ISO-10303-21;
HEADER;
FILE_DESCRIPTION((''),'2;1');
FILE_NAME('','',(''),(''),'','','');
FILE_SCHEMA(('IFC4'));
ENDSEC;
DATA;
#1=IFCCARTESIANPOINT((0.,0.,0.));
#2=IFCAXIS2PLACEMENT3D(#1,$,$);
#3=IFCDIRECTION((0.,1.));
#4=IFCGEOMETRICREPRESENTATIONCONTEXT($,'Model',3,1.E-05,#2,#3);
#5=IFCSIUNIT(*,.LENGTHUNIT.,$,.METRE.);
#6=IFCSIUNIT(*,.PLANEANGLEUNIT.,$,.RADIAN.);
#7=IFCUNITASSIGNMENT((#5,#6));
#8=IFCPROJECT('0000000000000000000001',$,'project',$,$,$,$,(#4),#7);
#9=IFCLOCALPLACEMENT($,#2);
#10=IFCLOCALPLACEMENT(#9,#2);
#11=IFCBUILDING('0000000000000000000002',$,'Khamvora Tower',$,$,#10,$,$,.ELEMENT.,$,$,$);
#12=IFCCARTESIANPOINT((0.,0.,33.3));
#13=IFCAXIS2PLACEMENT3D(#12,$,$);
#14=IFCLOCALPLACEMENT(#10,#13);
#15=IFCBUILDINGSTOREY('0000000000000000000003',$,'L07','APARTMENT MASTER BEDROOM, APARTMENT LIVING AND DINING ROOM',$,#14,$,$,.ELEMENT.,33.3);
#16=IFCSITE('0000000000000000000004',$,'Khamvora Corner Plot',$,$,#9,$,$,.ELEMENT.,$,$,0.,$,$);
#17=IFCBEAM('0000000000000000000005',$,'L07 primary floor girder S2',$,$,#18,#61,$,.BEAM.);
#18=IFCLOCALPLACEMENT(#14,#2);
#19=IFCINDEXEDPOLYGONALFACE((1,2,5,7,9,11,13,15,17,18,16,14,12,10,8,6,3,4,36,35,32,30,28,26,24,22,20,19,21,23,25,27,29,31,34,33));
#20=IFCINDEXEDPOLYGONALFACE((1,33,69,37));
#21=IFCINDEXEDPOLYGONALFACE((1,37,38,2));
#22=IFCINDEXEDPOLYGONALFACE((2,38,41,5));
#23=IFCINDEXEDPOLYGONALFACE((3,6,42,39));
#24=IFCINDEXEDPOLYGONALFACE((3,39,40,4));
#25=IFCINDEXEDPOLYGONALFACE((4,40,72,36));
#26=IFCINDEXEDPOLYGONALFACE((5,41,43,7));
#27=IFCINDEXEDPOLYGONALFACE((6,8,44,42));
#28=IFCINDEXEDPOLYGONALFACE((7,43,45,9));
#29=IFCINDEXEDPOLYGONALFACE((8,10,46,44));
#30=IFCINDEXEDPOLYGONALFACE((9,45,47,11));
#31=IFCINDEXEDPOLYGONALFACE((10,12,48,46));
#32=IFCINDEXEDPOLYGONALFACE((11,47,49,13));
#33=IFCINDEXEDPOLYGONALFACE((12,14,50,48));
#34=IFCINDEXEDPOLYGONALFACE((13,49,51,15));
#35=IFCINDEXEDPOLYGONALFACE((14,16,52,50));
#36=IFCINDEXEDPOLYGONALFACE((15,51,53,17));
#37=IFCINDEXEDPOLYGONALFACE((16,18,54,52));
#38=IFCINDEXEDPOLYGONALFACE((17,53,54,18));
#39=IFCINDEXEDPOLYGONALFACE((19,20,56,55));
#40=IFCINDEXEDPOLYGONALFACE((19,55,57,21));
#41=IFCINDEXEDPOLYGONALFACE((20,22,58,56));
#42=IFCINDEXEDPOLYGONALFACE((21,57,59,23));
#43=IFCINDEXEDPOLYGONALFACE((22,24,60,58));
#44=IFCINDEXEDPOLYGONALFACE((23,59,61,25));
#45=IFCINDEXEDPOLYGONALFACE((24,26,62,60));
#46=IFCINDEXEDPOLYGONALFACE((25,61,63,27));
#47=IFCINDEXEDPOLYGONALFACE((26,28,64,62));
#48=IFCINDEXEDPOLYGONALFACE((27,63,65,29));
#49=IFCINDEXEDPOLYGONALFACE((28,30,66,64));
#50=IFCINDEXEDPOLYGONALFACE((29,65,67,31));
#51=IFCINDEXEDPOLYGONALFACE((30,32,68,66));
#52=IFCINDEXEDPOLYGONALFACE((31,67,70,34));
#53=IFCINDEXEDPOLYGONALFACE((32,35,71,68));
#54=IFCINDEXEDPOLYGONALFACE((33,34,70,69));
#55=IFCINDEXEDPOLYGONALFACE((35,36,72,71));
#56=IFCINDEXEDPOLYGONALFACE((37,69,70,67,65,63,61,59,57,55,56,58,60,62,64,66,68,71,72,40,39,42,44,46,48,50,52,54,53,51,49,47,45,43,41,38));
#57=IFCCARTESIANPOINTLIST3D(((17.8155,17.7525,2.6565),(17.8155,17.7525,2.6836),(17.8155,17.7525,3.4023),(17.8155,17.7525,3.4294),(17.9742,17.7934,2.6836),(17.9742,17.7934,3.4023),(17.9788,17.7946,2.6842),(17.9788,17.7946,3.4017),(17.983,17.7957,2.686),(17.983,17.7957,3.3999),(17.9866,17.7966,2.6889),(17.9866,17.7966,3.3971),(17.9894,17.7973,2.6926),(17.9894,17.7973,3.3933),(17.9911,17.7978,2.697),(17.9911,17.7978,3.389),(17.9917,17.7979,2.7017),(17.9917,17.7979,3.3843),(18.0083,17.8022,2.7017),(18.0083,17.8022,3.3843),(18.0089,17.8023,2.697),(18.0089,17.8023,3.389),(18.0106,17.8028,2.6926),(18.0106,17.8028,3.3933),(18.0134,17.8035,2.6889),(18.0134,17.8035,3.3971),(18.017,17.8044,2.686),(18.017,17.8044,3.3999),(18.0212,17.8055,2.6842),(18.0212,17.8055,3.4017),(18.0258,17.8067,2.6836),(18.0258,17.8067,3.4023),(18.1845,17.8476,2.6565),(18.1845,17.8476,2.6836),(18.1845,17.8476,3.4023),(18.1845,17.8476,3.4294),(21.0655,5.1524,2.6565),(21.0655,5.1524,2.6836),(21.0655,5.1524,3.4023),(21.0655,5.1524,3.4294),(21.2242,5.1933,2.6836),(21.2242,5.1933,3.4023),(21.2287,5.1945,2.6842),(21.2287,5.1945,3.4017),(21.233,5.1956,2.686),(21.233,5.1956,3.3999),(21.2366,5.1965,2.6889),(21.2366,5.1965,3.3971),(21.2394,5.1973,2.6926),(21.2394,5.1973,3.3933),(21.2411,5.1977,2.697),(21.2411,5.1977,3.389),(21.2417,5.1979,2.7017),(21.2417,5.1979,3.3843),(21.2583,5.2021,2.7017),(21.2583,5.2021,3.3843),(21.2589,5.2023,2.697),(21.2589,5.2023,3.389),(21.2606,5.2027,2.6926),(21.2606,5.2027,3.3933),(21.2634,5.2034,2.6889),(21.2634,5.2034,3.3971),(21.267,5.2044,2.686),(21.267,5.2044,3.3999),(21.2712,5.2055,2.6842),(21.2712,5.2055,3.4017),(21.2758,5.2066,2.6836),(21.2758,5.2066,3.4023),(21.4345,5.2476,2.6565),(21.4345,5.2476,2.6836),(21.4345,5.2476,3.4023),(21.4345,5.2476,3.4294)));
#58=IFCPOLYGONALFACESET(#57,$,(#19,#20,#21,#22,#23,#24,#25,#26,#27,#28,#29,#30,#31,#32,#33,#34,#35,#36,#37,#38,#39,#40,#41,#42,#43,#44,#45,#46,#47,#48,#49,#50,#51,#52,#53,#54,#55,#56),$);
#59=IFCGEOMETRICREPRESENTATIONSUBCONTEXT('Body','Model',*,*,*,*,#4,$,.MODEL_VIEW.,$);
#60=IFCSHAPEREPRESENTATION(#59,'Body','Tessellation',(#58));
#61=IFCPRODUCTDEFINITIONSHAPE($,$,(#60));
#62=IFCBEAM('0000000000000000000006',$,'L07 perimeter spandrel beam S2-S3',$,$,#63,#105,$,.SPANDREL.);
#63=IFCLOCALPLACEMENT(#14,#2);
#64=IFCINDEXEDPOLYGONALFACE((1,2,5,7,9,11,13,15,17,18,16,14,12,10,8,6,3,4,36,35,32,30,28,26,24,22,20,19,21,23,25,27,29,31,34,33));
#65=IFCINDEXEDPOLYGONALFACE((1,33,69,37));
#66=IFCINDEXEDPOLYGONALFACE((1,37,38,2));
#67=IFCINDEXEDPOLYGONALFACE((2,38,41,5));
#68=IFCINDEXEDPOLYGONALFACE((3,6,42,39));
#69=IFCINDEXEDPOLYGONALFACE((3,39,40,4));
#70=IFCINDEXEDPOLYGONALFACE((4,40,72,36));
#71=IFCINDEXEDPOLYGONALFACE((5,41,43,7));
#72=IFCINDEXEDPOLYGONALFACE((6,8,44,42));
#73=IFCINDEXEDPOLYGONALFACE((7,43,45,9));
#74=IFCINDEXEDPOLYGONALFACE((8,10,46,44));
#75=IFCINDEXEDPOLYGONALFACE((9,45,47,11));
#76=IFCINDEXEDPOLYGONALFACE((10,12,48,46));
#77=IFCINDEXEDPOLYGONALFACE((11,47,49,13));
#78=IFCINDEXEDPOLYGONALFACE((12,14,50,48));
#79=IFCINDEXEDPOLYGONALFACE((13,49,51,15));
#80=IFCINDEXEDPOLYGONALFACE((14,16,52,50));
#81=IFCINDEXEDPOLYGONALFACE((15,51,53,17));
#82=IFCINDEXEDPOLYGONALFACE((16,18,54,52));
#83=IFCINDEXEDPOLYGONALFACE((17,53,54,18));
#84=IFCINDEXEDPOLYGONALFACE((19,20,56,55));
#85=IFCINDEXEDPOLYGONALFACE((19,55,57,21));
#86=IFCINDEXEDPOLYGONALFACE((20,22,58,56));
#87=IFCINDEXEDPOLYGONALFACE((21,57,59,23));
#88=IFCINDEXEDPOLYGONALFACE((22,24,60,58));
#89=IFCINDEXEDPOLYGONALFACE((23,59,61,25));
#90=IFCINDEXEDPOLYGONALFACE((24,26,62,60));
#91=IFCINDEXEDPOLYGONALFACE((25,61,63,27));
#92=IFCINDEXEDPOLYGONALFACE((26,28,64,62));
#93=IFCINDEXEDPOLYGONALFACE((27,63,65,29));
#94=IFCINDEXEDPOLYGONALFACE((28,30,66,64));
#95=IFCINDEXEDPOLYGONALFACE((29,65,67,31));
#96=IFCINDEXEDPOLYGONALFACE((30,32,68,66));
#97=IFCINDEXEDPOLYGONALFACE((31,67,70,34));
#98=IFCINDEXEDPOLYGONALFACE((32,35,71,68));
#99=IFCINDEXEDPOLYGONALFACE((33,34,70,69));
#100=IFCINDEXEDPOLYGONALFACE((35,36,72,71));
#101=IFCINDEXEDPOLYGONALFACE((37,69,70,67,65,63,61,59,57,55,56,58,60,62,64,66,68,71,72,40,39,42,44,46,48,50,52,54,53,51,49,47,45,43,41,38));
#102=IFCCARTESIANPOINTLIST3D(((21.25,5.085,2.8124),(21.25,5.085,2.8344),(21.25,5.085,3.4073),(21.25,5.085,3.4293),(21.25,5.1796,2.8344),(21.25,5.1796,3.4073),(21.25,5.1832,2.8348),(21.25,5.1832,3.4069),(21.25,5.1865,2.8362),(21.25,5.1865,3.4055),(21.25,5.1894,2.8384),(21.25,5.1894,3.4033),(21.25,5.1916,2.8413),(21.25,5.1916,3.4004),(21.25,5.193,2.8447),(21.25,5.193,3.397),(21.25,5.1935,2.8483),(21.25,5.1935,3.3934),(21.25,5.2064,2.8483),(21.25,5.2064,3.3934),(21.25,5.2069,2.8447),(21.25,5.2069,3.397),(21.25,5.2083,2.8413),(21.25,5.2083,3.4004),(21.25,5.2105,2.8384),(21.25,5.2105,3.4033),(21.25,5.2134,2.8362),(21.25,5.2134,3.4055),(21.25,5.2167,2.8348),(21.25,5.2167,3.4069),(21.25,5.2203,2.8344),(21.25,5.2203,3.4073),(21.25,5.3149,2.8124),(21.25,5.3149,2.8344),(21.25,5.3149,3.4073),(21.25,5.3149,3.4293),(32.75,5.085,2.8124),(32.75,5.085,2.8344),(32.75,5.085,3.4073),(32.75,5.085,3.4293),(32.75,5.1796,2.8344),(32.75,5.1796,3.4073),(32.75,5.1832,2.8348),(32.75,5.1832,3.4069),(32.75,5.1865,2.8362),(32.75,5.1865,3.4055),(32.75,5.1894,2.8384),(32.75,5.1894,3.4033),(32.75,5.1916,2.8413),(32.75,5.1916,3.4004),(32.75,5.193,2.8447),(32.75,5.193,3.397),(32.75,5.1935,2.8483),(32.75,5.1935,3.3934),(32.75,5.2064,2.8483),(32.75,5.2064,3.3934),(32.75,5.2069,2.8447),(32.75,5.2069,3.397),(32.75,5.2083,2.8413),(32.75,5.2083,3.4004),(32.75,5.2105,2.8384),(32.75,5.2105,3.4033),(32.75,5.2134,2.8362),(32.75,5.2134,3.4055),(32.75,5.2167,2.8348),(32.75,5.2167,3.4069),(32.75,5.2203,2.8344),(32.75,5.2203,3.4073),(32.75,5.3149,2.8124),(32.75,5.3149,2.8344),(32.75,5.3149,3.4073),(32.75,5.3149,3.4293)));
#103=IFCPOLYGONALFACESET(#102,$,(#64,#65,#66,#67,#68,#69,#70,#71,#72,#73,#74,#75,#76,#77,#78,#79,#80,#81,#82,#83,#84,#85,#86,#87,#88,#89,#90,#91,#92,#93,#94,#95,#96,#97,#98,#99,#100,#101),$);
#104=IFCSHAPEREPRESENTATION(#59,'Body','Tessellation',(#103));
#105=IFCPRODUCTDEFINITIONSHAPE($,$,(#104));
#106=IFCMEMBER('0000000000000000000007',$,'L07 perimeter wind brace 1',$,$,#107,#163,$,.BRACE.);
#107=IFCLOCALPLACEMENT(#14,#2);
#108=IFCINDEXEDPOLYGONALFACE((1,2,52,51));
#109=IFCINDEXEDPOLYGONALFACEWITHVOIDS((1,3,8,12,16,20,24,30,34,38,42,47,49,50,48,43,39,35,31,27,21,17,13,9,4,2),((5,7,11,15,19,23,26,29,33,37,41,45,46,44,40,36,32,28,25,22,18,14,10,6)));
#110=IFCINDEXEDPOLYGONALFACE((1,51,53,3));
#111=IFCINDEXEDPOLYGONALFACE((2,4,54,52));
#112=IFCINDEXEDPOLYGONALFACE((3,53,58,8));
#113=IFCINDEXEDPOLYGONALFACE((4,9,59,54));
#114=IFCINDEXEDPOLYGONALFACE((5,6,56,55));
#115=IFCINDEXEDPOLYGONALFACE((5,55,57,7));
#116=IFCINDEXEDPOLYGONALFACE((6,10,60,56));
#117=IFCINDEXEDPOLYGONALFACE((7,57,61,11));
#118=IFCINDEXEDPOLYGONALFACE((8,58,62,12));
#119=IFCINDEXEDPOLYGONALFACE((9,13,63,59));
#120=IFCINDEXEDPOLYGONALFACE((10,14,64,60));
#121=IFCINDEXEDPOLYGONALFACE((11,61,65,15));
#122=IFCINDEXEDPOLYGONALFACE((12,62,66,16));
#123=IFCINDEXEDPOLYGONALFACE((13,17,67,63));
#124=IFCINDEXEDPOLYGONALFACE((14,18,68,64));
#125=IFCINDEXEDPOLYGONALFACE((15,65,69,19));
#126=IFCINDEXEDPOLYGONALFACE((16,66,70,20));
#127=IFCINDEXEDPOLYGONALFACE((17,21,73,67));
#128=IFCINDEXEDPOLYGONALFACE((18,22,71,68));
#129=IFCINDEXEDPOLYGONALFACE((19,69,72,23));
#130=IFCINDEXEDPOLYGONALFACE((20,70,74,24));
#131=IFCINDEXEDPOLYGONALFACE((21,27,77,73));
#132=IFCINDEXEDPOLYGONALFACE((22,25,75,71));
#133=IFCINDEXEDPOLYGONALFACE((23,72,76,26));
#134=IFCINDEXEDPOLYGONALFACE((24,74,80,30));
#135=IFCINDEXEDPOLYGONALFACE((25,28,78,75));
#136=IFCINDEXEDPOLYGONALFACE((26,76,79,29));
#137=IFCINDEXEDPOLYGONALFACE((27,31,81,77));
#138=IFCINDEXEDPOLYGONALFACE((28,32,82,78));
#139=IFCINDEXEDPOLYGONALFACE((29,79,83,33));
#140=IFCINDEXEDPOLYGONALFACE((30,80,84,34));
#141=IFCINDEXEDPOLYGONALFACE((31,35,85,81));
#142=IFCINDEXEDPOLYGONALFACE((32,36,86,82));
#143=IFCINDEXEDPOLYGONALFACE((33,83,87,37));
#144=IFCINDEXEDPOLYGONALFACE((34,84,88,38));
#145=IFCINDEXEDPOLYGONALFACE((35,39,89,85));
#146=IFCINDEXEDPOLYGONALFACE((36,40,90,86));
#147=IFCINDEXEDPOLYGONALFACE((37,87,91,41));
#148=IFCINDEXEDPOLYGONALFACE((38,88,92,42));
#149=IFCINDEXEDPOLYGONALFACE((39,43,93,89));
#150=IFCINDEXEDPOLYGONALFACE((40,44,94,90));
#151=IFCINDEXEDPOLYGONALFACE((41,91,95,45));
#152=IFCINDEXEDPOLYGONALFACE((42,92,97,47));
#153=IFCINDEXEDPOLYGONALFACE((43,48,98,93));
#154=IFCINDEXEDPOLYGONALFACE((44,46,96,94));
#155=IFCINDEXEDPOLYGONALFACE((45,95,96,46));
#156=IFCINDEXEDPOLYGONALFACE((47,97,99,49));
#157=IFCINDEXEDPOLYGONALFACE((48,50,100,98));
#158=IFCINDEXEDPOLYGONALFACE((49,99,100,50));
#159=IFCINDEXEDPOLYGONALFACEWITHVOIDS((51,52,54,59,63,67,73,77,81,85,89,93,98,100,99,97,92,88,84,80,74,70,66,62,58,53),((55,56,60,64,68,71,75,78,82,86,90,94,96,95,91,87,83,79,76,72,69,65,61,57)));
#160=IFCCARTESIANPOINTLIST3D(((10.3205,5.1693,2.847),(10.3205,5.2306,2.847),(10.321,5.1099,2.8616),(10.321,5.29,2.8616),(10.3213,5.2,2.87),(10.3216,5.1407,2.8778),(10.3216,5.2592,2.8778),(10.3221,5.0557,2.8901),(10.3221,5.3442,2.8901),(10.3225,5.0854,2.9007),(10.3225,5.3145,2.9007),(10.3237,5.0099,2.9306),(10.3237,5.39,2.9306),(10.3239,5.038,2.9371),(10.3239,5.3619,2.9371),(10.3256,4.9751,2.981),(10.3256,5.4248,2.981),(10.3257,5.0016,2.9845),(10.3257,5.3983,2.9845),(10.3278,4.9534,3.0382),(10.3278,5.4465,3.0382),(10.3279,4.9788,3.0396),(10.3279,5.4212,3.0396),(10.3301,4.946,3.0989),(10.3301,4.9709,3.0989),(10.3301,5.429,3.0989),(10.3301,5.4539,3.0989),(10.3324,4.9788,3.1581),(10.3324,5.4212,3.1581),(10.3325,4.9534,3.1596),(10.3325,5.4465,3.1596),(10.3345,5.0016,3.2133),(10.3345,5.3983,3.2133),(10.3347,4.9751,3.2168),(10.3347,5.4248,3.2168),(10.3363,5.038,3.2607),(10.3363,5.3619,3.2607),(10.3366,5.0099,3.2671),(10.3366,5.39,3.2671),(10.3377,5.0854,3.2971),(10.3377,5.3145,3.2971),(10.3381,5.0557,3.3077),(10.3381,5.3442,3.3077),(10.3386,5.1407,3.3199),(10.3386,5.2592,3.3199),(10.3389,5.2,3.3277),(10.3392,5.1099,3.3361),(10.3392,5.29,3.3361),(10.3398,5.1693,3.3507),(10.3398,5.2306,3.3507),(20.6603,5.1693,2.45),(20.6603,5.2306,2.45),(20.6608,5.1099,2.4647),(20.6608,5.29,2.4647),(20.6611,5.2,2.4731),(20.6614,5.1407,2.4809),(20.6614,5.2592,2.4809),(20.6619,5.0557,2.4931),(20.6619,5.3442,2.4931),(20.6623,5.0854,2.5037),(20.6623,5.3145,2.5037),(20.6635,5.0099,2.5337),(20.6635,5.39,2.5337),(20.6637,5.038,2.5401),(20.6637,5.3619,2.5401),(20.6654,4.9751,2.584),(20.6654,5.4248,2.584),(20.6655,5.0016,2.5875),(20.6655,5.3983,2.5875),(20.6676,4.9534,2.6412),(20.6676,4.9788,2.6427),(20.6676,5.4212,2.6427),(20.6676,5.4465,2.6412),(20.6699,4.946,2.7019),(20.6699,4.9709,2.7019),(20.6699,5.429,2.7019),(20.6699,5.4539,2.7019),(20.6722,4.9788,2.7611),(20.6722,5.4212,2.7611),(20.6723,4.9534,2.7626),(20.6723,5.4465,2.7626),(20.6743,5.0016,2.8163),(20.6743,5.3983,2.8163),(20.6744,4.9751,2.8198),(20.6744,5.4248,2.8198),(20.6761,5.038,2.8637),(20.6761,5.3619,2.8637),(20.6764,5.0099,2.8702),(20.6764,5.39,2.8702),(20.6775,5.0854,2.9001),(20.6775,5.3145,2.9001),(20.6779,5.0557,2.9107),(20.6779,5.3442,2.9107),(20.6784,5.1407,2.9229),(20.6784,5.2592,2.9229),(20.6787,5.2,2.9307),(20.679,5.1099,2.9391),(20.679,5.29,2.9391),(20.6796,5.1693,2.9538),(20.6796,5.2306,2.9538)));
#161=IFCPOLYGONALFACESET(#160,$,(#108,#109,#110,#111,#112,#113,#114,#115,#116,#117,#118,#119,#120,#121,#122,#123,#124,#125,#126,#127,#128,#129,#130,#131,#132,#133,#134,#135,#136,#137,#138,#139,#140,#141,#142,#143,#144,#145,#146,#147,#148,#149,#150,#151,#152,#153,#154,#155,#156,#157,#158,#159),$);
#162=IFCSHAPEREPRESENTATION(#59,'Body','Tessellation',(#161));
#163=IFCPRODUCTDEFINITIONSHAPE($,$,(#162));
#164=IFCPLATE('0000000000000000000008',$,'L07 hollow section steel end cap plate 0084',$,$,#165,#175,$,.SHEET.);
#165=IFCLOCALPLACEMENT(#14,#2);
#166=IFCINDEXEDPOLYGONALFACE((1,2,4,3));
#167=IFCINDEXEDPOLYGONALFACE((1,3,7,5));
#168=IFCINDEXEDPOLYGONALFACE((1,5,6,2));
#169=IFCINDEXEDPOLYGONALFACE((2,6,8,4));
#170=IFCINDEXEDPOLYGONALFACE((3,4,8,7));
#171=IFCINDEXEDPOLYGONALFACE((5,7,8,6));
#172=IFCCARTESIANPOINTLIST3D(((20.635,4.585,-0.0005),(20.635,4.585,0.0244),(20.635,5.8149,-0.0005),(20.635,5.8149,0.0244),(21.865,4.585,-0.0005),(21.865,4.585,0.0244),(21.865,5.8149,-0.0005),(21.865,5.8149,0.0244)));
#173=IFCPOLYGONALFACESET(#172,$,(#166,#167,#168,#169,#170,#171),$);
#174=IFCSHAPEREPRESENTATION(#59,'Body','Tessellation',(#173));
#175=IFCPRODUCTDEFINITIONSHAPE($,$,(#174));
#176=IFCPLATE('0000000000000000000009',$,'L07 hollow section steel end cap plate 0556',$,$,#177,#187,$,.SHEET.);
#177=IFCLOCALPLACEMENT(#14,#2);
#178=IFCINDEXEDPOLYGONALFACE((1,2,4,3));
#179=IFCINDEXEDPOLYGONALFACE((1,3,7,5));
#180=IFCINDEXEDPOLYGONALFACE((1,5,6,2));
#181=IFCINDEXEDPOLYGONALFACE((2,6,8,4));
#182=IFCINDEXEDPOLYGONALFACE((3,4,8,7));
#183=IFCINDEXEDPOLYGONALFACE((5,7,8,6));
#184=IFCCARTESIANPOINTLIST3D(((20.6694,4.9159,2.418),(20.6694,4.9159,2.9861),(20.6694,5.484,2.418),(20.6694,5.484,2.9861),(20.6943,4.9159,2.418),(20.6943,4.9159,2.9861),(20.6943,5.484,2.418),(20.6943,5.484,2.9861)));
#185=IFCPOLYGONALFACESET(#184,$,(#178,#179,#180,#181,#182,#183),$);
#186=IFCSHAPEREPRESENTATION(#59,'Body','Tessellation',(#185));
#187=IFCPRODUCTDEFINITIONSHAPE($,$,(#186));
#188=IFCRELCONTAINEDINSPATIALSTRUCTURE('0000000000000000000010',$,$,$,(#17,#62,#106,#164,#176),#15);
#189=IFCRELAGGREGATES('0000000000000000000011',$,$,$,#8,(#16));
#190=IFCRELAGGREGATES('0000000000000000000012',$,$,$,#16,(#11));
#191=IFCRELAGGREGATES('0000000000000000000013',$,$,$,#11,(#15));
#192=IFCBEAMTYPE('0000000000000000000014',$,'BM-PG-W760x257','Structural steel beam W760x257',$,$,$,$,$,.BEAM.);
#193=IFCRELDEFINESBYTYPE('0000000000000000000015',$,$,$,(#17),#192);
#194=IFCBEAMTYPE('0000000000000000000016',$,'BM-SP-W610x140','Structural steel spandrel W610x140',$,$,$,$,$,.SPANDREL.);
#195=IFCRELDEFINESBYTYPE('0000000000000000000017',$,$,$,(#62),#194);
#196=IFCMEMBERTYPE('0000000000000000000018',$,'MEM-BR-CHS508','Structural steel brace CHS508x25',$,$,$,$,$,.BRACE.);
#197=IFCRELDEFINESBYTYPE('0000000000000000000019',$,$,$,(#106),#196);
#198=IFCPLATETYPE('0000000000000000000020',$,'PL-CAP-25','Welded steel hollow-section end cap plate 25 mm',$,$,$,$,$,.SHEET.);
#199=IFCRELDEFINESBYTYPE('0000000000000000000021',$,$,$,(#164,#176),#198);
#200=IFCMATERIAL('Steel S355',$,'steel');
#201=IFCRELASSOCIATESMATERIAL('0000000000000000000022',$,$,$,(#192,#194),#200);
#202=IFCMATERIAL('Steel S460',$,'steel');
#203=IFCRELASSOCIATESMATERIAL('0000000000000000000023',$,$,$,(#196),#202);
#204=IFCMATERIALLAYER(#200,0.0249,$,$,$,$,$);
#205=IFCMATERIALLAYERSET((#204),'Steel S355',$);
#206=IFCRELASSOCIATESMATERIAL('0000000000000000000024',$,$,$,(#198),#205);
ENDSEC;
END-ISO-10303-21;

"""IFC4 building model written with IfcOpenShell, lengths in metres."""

from ifc_helpers import new_model, si_unit, direction, frame, origin, origin_2d, place, context, subcontext, project, spatial, rectangle, hollow_circle, i_section, extrude, material, layer, layer_set, material_profile, profile_set, type_object, element, save


model = new_model("IFC4")

# Units and contexts
model_context = context("Model", 3, precision=1e-05, world=origin(), true_north=direction((0.0, 1.0)))
body_context = subcontext(model_context, "Body", "Model", "MODEL_VIEW")
ifc_project = project(units=[si_unit("LENGTHUNIT", "METRE"), si_unit("PLANEANGLEUNIT", "RADIAN")], contexts=[model_context])

# Site, building, storey
site_placement = place(None, origin())
site = spatial("IfcSite", under=ifc_project, at=site_placement, Name="Khamvora Corner Plot", CompositionType="ELEMENT", RefElevation=0.0)
building_placement = place(site_placement, origin())
building = spatial("IfcBuilding", under=site, at=building_placement, Name="Khamvora Tower", CompositionType="ELEMENT")
storey_placement = place(building_placement, frame((0.0, 0.0, 33.3)))
storey = spatial("IfcBuildingStorey", under=building, at=storey_placement, Name="L07", Description="APARTMENT MASTER BEDROOM, APARTMENT LIVING AND DINING ROOM", CompositionType="ELEMENT", Elevation=33.3)

# Shared definitions
ifc_material_1 = material(Name="Steel S460", Category="steel")

# Beams
ifc_material_2 = material(Name="Steel S355", Category="steel")
ifc_material_profile_1 = material_profile(ifc_material_2, i_section(OverallWidth=0.3811, OverallDepth=0.7729, WebThickness=0.0171, FlangeThickness=0.0271, FilletRadius=0.0181, at=origin_2d()), Name="W760x257")
ifc_profile_set_1 = profile_set([ifc_material_profile_1], Name="Steel S355")
beam_type_1 = type_object("IfcBeamType", Name="BM-PG-W760x257", Description="Structural steel beam W760x257", PredefinedType="BEAM", material=ifc_profile_set_1)
beam_1_placement = place(storey_placement, frame((18.0, 17.8, 3.043), z_axis=(0.24976, -0.968308, 0.0), x_axis=(0.968308, 0.24976, 0.0)))
element("IfcBeam", 1, at=beam_1_placement, inside=storey, type_object=beam_type_1, Name="L07 primary floor girder S2", PredefinedType="BEAM", context=body_context, shape_type="SweptSolid", body=[
    extrude(i_section(OverallWidth=0.3811, OverallDepth=0.7729, WebThickness=0.0171, FlangeThickness=0.0271, FilletRadius=0.0181, at=origin_2d()), origin(), (0.0, 0.0, 1.0), 13.0125),
])
ifc_material_profile_2 = material_profile(ifc_material_2, i_section(OverallWidth=0.23, OverallDepth=0.6169, WebThickness=0.0129, FlangeThickness=0.022, FilletRadius=0.0139, at=origin_2d()), Name="W610x140")
ifc_profile_set_2 = profile_set([ifc_material_profile_2], Name="Steel S355")
beam_type_2 = type_object("IfcBeamType", Name="BM-SP-W610x140", Description="Structural steel spandrel W610x140", PredefinedType="SPANDREL", material=ifc_profile_set_2)
beam_2_placement = place(storey_placement, frame((21.25, 5.2, 3.1208), z_axis=(1.0, 0.0, 0.0), x_axis=(0.0, 1.0, 0.0)))
element("IfcBeam", 2, at=beam_2_placement, inside=storey, type_object=beam_type_2, Name="L07 perimeter spandrel beam S2-S3", PredefinedType="SPANDREL", context=body_context, shape_type="SweptSolid", body=[
    extrude(i_section(OverallWidth=0.23, OverallDepth=0.6169, WebThickness=0.0129, FlangeThickness=0.022, FilletRadius=0.0139, at=origin_2d()), origin(), (0.0, 0.0, 1.0), 11.5),
])

# Member
ifc_material_profile_3 = material_profile(ifc_material_1, hollow_circle(Radius=0.2539, WallThickness=0.0249, at=origin_2d()), Name="CHS508x25")
ifc_profile_set_3 = profile_set([ifc_material_profile_3], Name="Steel S460")
member_type = type_object("IfcMemberType", Name="MEM-BR-CHS508", Description="Structural steel brace CHS508x25", PredefinedType="BRACE", material=ifc_profile_set_3)
member_placement = place(storey_placement, frame((20.6699, 5.2, 2.7019), z_axis=(-0.999264, 0.0, 0.038364), x_axis=(0.0, -1.0, 0.0)))
element("IfcMember", 3, at=member_placement, inside=storey, type_object=member_type, Name="L07 perimeter wind brace 1", PredefinedType="BRACE", context=body_context, shape_type="SweptSolid", body=[
    extrude(hollow_circle(Radius=0.2539, WallThickness=0.0249, at=origin_2d()), origin(), (0.0, 0.0, 1.0), 10.3474),
])

# Plates
ifc_layer_1 = layer(ifc_material_2, 0.0249)
ifc_layer_set_1 = layer_set([ifc_layer_1], Name="Steel S355")
plate_type_1 = type_object("IfcPlateType", Name="PL-CAP-25", Description="Welded steel hollow-section end cap plate 25 mm", PredefinedType="SHEET", material=ifc_layer_set_1)
plate_1_placement = place(storey_placement, frame((21.25, 5.2, -0.0005), z_axis=(0.0, 0.0, 1.0), x_axis=(1.0, 0.0, 0.0)))
element("IfcPlate", 4, at=plate_1_placement, inside=storey, type_object=plate_type_1, Name="L07 hollow section steel end cap plate 0084", PredefinedType="SHEET", context=body_context, shape_type="SweptSolid", body=[
    extrude(rectangle(XDim=1.23, YDim=1.23, at=origin_2d()), origin(), (0.0, 0.0, 1.0), 0.0249),
])
plate_2_placement = place(storey_placement, frame((20.6819, 5.2, 2.418), z_axis=(0.0, 0.0, 1.0), x_axis=(-1.0, 0.0, 0.0)))
element("IfcPlate", 5, at=plate_2_placement, inside=storey, type_object=plate_type_1, Name="L07 hollow section steel end cap plate 0556", PredefinedType="SHEET", context=body_context, shape_type="SweptSolid", body=[
    extrude(rectangle(XDim=0.0249, YDim=0.5681, at=origin_2d()), origin(), (0.0, 0.0, 1.0), 0.5681),
])

save(model, "model.ifc")
